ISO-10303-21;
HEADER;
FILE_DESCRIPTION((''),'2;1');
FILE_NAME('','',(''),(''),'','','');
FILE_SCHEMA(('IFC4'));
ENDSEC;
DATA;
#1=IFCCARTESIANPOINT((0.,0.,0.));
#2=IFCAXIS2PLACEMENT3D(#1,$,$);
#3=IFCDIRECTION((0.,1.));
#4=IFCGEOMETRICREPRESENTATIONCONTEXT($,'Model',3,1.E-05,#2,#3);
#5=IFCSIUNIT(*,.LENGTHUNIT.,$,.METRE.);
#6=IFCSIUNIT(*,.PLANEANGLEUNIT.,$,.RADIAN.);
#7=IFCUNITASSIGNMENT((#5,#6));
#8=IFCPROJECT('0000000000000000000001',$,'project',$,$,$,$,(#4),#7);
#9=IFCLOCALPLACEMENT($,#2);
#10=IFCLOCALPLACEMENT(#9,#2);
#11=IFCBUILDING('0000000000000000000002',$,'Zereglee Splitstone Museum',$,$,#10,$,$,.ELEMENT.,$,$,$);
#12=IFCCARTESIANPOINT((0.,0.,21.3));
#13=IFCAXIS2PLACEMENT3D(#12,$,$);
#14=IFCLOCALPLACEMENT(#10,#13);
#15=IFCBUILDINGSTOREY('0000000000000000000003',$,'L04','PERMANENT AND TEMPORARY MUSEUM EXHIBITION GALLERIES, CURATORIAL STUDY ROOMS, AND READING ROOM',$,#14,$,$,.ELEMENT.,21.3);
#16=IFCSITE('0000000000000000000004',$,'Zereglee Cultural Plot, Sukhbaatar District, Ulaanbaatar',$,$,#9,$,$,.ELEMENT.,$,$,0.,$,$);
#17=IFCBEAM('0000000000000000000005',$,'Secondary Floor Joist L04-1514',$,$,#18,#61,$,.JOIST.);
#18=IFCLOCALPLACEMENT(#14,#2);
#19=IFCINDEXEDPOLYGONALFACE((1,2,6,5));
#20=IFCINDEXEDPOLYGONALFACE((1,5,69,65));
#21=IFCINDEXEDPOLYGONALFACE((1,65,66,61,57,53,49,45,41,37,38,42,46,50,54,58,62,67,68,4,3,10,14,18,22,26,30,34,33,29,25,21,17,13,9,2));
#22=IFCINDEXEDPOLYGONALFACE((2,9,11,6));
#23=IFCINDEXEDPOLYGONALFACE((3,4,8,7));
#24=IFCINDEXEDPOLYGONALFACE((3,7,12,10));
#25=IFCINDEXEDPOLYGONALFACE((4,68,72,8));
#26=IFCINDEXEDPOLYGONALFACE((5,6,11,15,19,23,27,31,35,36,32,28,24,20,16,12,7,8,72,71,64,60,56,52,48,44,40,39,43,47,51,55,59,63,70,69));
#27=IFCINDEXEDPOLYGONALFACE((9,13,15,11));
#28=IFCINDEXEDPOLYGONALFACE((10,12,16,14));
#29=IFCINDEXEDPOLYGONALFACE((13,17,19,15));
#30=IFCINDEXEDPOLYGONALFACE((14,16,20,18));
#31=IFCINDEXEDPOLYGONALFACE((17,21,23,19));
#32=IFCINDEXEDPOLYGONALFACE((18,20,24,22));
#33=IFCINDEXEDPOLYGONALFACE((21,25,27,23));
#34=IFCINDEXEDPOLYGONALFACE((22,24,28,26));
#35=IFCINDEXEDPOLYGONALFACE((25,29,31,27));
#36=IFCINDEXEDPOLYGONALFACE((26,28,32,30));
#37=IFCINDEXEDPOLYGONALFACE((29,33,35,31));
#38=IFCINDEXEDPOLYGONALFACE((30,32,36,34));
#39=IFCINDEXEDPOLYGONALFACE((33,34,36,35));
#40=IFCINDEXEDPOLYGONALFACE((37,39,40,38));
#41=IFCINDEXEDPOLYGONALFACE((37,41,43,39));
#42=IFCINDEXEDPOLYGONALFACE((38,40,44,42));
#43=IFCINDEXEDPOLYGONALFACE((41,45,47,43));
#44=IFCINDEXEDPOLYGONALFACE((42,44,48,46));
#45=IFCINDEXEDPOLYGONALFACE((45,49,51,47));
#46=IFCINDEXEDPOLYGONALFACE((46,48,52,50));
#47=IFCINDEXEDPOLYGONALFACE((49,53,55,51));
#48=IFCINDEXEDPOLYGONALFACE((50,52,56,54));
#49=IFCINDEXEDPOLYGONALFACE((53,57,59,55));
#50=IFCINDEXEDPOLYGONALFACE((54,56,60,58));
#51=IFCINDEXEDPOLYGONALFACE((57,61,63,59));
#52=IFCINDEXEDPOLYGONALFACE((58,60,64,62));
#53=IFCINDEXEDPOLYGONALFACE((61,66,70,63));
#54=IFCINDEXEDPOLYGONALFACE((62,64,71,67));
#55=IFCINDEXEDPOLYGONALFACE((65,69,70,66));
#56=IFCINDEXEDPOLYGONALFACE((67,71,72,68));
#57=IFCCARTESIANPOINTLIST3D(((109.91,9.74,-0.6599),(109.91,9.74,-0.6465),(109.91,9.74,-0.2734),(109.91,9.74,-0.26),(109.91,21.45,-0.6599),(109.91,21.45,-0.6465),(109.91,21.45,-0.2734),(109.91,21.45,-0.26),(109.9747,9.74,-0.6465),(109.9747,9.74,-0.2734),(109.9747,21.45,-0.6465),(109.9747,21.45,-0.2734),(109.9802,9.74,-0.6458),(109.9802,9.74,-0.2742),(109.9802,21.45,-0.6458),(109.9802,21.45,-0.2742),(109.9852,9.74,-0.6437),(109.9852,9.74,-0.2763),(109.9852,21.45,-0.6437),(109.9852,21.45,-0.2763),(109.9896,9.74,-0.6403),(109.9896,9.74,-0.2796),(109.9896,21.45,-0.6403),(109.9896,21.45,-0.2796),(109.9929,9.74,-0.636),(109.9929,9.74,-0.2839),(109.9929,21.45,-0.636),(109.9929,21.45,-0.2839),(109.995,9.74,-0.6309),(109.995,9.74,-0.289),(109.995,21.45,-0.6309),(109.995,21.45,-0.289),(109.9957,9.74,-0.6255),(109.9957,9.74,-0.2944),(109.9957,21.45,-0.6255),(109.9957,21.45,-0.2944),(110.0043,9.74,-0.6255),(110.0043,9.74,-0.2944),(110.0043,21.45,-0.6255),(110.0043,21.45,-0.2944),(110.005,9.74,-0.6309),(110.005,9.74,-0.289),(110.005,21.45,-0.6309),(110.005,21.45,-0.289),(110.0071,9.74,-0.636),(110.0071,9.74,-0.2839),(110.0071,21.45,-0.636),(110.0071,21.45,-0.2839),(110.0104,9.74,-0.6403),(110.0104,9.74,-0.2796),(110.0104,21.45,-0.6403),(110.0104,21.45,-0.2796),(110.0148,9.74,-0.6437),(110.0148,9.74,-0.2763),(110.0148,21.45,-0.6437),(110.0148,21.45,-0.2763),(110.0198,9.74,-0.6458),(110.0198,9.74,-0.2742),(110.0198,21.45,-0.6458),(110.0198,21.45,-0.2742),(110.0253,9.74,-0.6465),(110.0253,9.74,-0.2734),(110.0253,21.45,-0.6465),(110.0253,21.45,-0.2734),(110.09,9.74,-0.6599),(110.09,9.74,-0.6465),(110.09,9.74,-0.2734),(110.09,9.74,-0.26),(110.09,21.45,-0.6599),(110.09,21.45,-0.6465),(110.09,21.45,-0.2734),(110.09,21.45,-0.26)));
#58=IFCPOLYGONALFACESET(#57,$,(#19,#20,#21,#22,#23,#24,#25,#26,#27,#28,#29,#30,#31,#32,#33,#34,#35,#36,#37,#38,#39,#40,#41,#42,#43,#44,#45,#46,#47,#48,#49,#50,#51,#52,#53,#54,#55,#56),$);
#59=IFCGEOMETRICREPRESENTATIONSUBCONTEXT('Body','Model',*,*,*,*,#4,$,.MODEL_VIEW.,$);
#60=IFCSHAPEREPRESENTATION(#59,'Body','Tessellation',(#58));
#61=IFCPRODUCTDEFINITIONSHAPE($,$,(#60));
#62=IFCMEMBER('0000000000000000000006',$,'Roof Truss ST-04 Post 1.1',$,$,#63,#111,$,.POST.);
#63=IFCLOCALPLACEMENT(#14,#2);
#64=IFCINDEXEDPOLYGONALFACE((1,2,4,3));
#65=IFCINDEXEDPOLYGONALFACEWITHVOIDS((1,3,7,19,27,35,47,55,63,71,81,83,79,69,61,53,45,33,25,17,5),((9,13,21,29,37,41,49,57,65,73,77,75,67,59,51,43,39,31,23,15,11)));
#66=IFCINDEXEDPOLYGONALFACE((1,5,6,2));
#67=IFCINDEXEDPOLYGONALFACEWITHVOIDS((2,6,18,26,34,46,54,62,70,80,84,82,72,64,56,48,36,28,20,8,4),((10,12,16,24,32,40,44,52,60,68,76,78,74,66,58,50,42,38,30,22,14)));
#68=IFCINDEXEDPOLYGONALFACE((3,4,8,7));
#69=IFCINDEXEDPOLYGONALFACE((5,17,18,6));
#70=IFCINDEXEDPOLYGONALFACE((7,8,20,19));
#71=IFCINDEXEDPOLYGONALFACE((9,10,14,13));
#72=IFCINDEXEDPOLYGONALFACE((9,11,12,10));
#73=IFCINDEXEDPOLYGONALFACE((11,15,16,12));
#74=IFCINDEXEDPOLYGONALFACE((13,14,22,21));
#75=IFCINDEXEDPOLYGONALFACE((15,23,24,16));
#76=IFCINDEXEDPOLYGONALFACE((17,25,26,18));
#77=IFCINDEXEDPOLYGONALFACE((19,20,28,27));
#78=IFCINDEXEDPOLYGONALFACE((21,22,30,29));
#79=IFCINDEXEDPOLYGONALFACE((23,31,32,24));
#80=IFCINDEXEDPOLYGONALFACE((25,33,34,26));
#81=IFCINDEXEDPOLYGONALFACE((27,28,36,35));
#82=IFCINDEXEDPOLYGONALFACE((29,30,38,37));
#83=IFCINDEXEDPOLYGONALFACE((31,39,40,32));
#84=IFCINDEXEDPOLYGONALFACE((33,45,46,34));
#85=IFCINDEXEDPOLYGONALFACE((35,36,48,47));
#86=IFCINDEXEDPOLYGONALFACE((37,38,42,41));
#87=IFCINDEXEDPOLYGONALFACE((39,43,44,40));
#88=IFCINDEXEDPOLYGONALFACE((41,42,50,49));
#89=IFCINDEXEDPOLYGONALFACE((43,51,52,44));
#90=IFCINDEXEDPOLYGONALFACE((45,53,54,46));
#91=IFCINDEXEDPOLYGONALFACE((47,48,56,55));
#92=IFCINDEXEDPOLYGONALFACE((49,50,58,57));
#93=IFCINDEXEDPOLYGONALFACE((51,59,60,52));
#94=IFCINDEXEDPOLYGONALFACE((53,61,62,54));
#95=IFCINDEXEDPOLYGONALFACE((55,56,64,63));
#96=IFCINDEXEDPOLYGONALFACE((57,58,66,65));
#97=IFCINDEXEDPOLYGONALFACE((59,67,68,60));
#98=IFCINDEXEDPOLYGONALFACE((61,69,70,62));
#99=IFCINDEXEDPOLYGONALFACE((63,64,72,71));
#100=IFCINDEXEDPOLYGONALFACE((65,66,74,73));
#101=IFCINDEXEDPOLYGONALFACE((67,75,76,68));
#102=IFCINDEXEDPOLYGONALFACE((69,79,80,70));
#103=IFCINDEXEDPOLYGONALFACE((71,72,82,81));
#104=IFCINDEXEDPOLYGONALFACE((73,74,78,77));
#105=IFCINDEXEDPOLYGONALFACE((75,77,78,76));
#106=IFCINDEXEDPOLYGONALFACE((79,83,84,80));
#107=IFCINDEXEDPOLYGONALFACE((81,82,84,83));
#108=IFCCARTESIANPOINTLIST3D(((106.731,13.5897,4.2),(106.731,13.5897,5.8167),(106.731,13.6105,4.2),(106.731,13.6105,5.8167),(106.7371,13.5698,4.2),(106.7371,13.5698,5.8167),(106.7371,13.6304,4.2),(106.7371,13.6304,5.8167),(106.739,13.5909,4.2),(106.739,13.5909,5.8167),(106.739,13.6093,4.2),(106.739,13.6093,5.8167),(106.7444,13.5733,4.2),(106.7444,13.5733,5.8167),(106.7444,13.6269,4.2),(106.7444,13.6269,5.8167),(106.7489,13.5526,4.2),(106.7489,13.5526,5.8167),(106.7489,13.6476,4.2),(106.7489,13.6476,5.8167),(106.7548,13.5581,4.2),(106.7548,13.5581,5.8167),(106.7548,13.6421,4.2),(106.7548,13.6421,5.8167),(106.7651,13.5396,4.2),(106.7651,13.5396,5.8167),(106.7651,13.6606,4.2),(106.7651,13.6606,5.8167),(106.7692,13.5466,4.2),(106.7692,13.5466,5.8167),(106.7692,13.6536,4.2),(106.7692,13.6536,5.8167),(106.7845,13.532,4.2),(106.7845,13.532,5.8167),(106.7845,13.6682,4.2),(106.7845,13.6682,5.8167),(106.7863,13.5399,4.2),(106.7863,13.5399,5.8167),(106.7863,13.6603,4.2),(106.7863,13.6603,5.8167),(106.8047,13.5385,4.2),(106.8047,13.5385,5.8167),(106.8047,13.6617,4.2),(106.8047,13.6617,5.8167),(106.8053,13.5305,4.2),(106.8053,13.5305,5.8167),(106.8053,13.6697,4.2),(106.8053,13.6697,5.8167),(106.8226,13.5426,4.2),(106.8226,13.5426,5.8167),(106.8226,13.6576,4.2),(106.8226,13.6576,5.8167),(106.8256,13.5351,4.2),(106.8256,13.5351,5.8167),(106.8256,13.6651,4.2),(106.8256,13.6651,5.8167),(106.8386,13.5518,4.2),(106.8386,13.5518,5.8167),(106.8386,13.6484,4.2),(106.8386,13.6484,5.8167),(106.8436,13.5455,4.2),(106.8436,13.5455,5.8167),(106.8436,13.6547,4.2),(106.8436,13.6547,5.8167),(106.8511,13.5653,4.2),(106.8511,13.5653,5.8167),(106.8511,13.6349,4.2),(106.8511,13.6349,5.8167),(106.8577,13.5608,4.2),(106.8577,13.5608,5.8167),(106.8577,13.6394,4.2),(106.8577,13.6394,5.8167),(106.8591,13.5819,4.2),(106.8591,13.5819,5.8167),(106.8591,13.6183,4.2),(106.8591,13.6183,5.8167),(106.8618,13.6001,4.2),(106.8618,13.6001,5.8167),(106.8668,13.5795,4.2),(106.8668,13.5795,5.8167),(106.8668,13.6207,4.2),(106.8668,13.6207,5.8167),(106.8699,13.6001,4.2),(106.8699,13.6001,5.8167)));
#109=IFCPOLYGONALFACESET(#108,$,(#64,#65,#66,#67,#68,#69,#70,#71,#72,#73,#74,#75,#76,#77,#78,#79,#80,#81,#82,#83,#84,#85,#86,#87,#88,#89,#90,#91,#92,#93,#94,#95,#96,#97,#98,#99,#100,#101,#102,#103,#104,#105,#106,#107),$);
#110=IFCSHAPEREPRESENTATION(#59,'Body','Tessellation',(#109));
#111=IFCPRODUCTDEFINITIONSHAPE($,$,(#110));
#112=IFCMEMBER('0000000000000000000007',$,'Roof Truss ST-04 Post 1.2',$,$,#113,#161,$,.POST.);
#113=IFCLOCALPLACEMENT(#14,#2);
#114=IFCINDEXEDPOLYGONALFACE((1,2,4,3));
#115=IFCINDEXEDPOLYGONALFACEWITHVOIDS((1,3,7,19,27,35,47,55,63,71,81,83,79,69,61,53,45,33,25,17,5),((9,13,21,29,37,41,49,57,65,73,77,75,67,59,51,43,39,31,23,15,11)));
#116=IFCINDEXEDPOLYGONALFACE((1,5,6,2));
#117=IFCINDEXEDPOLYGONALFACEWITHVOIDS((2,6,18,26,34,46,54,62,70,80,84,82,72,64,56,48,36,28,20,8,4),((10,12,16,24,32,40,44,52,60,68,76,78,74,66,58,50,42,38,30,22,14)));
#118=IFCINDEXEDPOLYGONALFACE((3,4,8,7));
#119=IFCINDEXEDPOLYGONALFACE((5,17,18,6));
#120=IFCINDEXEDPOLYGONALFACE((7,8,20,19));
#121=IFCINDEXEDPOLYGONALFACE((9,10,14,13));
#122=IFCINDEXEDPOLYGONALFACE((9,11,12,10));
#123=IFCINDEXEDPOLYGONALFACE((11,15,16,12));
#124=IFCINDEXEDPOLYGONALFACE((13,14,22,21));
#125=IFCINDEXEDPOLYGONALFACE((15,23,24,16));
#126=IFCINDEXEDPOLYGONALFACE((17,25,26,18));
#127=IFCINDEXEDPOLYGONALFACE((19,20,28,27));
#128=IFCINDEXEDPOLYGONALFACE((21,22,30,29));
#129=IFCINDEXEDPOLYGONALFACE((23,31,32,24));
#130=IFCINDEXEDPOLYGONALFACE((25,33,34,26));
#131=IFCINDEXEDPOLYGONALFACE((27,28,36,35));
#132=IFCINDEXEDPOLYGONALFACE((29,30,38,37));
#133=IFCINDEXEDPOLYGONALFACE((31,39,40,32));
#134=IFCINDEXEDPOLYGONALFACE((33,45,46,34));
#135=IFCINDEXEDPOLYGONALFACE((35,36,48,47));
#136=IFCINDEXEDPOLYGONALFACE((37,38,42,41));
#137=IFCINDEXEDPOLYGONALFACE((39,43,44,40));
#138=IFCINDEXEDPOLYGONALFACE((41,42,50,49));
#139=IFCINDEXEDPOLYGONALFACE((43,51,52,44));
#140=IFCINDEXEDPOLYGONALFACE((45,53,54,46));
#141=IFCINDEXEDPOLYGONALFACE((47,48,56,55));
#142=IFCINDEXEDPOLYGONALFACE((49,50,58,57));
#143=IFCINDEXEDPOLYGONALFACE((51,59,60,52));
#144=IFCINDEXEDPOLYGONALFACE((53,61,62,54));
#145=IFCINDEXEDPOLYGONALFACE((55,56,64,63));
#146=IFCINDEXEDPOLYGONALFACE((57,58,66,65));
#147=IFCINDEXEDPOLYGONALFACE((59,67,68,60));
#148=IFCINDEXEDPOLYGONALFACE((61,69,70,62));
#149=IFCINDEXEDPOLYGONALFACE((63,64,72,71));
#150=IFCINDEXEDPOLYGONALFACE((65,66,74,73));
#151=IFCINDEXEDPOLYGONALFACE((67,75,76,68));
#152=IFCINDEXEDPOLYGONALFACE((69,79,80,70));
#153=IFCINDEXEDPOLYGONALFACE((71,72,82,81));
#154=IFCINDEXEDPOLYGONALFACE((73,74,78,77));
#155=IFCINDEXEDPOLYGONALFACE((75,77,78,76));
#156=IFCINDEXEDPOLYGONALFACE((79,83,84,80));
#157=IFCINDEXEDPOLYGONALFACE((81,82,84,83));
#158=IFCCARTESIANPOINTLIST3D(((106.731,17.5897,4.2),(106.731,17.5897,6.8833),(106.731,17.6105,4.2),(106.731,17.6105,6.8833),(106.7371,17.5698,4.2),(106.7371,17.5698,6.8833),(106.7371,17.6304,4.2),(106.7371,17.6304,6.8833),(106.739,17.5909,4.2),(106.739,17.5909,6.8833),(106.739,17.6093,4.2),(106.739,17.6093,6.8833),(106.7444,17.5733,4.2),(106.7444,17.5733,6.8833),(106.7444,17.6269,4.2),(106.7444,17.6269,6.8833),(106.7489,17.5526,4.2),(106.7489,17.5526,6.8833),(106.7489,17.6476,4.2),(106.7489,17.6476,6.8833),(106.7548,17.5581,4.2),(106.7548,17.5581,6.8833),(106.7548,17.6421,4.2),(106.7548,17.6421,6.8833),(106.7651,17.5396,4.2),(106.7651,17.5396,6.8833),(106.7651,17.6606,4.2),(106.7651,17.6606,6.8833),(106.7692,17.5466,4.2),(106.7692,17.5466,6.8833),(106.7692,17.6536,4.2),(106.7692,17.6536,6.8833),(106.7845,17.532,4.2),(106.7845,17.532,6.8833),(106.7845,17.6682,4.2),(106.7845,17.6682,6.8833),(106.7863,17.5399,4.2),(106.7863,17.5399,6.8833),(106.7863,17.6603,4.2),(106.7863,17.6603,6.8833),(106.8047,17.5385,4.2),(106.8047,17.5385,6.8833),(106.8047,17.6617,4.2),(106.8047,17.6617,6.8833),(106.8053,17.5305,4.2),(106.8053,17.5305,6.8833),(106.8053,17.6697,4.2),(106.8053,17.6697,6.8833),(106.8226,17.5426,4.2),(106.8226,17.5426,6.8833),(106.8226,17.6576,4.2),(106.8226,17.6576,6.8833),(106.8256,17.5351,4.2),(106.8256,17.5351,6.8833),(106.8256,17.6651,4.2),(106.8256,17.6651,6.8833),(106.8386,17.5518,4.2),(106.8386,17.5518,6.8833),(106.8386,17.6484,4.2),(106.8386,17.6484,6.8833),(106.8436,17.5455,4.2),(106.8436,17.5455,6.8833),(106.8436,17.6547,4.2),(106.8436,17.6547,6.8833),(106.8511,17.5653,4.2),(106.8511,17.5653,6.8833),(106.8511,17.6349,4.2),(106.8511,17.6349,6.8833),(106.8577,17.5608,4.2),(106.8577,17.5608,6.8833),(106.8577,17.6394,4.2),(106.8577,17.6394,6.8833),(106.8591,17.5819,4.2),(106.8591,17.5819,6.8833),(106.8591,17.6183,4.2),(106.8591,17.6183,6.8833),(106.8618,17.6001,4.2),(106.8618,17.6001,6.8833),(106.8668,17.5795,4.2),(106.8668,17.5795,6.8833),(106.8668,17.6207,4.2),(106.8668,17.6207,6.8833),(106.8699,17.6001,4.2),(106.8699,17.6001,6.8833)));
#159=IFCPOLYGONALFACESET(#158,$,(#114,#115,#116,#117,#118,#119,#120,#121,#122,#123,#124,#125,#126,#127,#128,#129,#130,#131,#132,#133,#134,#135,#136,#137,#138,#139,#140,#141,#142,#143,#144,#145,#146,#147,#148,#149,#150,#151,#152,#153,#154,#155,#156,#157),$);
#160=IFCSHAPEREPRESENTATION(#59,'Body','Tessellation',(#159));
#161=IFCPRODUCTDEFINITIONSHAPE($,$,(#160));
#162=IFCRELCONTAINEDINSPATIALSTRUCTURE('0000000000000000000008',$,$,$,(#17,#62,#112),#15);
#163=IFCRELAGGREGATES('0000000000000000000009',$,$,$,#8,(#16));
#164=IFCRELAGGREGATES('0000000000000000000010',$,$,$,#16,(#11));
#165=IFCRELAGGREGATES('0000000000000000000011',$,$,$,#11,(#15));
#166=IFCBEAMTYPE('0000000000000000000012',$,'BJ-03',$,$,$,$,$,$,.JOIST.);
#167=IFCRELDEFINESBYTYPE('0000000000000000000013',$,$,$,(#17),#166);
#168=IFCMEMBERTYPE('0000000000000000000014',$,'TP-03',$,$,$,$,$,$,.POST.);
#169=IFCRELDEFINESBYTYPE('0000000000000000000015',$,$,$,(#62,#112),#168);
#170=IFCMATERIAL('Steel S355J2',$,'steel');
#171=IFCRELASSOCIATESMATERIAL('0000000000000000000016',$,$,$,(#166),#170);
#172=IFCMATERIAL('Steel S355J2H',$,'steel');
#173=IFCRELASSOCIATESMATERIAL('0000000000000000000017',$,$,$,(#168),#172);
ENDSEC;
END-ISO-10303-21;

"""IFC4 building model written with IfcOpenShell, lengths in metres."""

from ifc_helpers import new_model, si_unit, direction, frame, origin, origin_2d, place, context, subcontext, project, spatial, hollow_circle, i_section, extrude, material, material_profile, profile_set, type_object, element, save


model = new_model("IFC4")

# Units and contexts
model_context = context("Model", 3, precision=1e-05, world=origin(), true_north=direction((0.0, 1.0)))
body_context = subcontext(model_context, "Body", "Model", "MODEL_VIEW")
ifc_project = project(units=[si_unit("LENGTHUNIT", "METRE"), si_unit("PLANEANGLEUNIT", "RADIAN")], contexts=[model_context])

# Site, building, storey
site_placement = place(None, origin())
site = spatial("IfcSite", under=ifc_project, at=site_placement, Name="Zereglee Cultural Plot, Sukhbaatar District, Ulaanbaatar", CompositionType="ELEMENT", RefElevation=0.0)
building_placement = place(site_placement, origin())
building = spatial("IfcBuilding", under=site, at=building_placement, Name="Zereglee Splitstone Museum", CompositionType="ELEMENT")
storey_placement = place(building_placement, frame((0.0, 0.0, 21.3)))
storey = spatial("IfcBuildingStorey", under=building, at=storey_placement, Name="L04", Description="PERMANENT AND TEMPORARY MUSEUM EXHIBITION GALLERIES, CURATORIAL STUDY ROOMS, AND READING ROOM", CompositionType="ELEMENT", Elevation=21.3)

# Shared definitions
ifc_material_1 = material(Name="Steel S355J2H", Category="steel")

# Shared definitions
ifc_material_2 = material(Name="Steel S355J2", Category="steel")

# Beam
ifc_material_profile_1 = material_profile(ifc_material_2, i_section(OverallWidth=0.1799, OverallDepth=0.3999, WebThickness=0.0085, FlangeThickness=0.0134, FilletRadius=0.021, at=origin_2d()), Name="IPE 400")
ifc_profile_set_1 = profile_set([ifc_material_profile_1], Name="Steel S355J2")
beam_type_1 = type_object("IfcBeamType", Name="BJ-03", PredefinedType="JOIST", material=ifc_profile_set_1)
beam_1_placement = place(storey_placement, frame((110.0, 9.74, -0.46), z_axis=(0.0, 1.0, 0.0), x_axis=(-1.0, 0.0, 0.0)))
element("IfcBeam", 1, at=beam_1_placement, inside=storey, type_object=beam_type_1, Name="Secondary Floor Joist L04-1514", PredefinedType="JOIST", context=body_context, shape_type="SweptSolid", body=[
    extrude(i_section(OverallWidth=0.1799, OverallDepth=0.3999, WebThickness=0.0085, FlangeThickness=0.0134, FilletRadius=0.021, at=origin_2d()), origin(), (0.0, 0.0, 1.0), 11.71),
])

# Members
ifc_material_profile_2 = material_profile(ifc_material_1, hollow_circle(Radius=0.0698, WallThickness=0.0081, at=origin_2d()), Name="CHS 139.7x8")
ifc_profile_set_2 = profile_set([ifc_material_profile_2], Name="Steel S355J2H")
member_type_1 = type_object("IfcMemberType", Name="TP-03", PredefinedType="POST", material=ifc_profile_set_2)
member_1_placement = place(storey_placement, frame((106.8, 13.6001, 4.2), z_axis=(0.0, 0.0, 1.0), x_axis=(1.0, 0.0, 0.0)))
element("IfcMember", 2, at=member_1_placement, inside=storey, type_object=member_type_1, Name="Roof Truss ST-04 Post 1.1", PredefinedType="POST", context=body_context, shape_type="SweptSolid", body=[
    extrude(hollow_circle(Radius=0.0698, WallThickness=0.0081, at=origin_2d()), origin(), (0.0, 0.0, 1.0), 1.6167),
])
member_2_placement = place(storey_placement, frame((106.8, 17.6001, 4.2), z_axis=(0.0, 0.0, 1.0), x_axis=(1.0, 0.0, 0.0)))
element("IfcMember", 3, at=member_2_placement, inside=storey, type_object=member_type_1, Name="Roof Truss ST-04 Post 1.2", PredefinedType="POST", context=body_context, shape_type="SweptSolid", body=[
    extrude(hollow_circle(Radius=0.0698, WallThickness=0.0081, at=origin_2d()), origin(), (0.0, 0.0, 1.0), 2.6833),
])

save(model, "model.ifc")
